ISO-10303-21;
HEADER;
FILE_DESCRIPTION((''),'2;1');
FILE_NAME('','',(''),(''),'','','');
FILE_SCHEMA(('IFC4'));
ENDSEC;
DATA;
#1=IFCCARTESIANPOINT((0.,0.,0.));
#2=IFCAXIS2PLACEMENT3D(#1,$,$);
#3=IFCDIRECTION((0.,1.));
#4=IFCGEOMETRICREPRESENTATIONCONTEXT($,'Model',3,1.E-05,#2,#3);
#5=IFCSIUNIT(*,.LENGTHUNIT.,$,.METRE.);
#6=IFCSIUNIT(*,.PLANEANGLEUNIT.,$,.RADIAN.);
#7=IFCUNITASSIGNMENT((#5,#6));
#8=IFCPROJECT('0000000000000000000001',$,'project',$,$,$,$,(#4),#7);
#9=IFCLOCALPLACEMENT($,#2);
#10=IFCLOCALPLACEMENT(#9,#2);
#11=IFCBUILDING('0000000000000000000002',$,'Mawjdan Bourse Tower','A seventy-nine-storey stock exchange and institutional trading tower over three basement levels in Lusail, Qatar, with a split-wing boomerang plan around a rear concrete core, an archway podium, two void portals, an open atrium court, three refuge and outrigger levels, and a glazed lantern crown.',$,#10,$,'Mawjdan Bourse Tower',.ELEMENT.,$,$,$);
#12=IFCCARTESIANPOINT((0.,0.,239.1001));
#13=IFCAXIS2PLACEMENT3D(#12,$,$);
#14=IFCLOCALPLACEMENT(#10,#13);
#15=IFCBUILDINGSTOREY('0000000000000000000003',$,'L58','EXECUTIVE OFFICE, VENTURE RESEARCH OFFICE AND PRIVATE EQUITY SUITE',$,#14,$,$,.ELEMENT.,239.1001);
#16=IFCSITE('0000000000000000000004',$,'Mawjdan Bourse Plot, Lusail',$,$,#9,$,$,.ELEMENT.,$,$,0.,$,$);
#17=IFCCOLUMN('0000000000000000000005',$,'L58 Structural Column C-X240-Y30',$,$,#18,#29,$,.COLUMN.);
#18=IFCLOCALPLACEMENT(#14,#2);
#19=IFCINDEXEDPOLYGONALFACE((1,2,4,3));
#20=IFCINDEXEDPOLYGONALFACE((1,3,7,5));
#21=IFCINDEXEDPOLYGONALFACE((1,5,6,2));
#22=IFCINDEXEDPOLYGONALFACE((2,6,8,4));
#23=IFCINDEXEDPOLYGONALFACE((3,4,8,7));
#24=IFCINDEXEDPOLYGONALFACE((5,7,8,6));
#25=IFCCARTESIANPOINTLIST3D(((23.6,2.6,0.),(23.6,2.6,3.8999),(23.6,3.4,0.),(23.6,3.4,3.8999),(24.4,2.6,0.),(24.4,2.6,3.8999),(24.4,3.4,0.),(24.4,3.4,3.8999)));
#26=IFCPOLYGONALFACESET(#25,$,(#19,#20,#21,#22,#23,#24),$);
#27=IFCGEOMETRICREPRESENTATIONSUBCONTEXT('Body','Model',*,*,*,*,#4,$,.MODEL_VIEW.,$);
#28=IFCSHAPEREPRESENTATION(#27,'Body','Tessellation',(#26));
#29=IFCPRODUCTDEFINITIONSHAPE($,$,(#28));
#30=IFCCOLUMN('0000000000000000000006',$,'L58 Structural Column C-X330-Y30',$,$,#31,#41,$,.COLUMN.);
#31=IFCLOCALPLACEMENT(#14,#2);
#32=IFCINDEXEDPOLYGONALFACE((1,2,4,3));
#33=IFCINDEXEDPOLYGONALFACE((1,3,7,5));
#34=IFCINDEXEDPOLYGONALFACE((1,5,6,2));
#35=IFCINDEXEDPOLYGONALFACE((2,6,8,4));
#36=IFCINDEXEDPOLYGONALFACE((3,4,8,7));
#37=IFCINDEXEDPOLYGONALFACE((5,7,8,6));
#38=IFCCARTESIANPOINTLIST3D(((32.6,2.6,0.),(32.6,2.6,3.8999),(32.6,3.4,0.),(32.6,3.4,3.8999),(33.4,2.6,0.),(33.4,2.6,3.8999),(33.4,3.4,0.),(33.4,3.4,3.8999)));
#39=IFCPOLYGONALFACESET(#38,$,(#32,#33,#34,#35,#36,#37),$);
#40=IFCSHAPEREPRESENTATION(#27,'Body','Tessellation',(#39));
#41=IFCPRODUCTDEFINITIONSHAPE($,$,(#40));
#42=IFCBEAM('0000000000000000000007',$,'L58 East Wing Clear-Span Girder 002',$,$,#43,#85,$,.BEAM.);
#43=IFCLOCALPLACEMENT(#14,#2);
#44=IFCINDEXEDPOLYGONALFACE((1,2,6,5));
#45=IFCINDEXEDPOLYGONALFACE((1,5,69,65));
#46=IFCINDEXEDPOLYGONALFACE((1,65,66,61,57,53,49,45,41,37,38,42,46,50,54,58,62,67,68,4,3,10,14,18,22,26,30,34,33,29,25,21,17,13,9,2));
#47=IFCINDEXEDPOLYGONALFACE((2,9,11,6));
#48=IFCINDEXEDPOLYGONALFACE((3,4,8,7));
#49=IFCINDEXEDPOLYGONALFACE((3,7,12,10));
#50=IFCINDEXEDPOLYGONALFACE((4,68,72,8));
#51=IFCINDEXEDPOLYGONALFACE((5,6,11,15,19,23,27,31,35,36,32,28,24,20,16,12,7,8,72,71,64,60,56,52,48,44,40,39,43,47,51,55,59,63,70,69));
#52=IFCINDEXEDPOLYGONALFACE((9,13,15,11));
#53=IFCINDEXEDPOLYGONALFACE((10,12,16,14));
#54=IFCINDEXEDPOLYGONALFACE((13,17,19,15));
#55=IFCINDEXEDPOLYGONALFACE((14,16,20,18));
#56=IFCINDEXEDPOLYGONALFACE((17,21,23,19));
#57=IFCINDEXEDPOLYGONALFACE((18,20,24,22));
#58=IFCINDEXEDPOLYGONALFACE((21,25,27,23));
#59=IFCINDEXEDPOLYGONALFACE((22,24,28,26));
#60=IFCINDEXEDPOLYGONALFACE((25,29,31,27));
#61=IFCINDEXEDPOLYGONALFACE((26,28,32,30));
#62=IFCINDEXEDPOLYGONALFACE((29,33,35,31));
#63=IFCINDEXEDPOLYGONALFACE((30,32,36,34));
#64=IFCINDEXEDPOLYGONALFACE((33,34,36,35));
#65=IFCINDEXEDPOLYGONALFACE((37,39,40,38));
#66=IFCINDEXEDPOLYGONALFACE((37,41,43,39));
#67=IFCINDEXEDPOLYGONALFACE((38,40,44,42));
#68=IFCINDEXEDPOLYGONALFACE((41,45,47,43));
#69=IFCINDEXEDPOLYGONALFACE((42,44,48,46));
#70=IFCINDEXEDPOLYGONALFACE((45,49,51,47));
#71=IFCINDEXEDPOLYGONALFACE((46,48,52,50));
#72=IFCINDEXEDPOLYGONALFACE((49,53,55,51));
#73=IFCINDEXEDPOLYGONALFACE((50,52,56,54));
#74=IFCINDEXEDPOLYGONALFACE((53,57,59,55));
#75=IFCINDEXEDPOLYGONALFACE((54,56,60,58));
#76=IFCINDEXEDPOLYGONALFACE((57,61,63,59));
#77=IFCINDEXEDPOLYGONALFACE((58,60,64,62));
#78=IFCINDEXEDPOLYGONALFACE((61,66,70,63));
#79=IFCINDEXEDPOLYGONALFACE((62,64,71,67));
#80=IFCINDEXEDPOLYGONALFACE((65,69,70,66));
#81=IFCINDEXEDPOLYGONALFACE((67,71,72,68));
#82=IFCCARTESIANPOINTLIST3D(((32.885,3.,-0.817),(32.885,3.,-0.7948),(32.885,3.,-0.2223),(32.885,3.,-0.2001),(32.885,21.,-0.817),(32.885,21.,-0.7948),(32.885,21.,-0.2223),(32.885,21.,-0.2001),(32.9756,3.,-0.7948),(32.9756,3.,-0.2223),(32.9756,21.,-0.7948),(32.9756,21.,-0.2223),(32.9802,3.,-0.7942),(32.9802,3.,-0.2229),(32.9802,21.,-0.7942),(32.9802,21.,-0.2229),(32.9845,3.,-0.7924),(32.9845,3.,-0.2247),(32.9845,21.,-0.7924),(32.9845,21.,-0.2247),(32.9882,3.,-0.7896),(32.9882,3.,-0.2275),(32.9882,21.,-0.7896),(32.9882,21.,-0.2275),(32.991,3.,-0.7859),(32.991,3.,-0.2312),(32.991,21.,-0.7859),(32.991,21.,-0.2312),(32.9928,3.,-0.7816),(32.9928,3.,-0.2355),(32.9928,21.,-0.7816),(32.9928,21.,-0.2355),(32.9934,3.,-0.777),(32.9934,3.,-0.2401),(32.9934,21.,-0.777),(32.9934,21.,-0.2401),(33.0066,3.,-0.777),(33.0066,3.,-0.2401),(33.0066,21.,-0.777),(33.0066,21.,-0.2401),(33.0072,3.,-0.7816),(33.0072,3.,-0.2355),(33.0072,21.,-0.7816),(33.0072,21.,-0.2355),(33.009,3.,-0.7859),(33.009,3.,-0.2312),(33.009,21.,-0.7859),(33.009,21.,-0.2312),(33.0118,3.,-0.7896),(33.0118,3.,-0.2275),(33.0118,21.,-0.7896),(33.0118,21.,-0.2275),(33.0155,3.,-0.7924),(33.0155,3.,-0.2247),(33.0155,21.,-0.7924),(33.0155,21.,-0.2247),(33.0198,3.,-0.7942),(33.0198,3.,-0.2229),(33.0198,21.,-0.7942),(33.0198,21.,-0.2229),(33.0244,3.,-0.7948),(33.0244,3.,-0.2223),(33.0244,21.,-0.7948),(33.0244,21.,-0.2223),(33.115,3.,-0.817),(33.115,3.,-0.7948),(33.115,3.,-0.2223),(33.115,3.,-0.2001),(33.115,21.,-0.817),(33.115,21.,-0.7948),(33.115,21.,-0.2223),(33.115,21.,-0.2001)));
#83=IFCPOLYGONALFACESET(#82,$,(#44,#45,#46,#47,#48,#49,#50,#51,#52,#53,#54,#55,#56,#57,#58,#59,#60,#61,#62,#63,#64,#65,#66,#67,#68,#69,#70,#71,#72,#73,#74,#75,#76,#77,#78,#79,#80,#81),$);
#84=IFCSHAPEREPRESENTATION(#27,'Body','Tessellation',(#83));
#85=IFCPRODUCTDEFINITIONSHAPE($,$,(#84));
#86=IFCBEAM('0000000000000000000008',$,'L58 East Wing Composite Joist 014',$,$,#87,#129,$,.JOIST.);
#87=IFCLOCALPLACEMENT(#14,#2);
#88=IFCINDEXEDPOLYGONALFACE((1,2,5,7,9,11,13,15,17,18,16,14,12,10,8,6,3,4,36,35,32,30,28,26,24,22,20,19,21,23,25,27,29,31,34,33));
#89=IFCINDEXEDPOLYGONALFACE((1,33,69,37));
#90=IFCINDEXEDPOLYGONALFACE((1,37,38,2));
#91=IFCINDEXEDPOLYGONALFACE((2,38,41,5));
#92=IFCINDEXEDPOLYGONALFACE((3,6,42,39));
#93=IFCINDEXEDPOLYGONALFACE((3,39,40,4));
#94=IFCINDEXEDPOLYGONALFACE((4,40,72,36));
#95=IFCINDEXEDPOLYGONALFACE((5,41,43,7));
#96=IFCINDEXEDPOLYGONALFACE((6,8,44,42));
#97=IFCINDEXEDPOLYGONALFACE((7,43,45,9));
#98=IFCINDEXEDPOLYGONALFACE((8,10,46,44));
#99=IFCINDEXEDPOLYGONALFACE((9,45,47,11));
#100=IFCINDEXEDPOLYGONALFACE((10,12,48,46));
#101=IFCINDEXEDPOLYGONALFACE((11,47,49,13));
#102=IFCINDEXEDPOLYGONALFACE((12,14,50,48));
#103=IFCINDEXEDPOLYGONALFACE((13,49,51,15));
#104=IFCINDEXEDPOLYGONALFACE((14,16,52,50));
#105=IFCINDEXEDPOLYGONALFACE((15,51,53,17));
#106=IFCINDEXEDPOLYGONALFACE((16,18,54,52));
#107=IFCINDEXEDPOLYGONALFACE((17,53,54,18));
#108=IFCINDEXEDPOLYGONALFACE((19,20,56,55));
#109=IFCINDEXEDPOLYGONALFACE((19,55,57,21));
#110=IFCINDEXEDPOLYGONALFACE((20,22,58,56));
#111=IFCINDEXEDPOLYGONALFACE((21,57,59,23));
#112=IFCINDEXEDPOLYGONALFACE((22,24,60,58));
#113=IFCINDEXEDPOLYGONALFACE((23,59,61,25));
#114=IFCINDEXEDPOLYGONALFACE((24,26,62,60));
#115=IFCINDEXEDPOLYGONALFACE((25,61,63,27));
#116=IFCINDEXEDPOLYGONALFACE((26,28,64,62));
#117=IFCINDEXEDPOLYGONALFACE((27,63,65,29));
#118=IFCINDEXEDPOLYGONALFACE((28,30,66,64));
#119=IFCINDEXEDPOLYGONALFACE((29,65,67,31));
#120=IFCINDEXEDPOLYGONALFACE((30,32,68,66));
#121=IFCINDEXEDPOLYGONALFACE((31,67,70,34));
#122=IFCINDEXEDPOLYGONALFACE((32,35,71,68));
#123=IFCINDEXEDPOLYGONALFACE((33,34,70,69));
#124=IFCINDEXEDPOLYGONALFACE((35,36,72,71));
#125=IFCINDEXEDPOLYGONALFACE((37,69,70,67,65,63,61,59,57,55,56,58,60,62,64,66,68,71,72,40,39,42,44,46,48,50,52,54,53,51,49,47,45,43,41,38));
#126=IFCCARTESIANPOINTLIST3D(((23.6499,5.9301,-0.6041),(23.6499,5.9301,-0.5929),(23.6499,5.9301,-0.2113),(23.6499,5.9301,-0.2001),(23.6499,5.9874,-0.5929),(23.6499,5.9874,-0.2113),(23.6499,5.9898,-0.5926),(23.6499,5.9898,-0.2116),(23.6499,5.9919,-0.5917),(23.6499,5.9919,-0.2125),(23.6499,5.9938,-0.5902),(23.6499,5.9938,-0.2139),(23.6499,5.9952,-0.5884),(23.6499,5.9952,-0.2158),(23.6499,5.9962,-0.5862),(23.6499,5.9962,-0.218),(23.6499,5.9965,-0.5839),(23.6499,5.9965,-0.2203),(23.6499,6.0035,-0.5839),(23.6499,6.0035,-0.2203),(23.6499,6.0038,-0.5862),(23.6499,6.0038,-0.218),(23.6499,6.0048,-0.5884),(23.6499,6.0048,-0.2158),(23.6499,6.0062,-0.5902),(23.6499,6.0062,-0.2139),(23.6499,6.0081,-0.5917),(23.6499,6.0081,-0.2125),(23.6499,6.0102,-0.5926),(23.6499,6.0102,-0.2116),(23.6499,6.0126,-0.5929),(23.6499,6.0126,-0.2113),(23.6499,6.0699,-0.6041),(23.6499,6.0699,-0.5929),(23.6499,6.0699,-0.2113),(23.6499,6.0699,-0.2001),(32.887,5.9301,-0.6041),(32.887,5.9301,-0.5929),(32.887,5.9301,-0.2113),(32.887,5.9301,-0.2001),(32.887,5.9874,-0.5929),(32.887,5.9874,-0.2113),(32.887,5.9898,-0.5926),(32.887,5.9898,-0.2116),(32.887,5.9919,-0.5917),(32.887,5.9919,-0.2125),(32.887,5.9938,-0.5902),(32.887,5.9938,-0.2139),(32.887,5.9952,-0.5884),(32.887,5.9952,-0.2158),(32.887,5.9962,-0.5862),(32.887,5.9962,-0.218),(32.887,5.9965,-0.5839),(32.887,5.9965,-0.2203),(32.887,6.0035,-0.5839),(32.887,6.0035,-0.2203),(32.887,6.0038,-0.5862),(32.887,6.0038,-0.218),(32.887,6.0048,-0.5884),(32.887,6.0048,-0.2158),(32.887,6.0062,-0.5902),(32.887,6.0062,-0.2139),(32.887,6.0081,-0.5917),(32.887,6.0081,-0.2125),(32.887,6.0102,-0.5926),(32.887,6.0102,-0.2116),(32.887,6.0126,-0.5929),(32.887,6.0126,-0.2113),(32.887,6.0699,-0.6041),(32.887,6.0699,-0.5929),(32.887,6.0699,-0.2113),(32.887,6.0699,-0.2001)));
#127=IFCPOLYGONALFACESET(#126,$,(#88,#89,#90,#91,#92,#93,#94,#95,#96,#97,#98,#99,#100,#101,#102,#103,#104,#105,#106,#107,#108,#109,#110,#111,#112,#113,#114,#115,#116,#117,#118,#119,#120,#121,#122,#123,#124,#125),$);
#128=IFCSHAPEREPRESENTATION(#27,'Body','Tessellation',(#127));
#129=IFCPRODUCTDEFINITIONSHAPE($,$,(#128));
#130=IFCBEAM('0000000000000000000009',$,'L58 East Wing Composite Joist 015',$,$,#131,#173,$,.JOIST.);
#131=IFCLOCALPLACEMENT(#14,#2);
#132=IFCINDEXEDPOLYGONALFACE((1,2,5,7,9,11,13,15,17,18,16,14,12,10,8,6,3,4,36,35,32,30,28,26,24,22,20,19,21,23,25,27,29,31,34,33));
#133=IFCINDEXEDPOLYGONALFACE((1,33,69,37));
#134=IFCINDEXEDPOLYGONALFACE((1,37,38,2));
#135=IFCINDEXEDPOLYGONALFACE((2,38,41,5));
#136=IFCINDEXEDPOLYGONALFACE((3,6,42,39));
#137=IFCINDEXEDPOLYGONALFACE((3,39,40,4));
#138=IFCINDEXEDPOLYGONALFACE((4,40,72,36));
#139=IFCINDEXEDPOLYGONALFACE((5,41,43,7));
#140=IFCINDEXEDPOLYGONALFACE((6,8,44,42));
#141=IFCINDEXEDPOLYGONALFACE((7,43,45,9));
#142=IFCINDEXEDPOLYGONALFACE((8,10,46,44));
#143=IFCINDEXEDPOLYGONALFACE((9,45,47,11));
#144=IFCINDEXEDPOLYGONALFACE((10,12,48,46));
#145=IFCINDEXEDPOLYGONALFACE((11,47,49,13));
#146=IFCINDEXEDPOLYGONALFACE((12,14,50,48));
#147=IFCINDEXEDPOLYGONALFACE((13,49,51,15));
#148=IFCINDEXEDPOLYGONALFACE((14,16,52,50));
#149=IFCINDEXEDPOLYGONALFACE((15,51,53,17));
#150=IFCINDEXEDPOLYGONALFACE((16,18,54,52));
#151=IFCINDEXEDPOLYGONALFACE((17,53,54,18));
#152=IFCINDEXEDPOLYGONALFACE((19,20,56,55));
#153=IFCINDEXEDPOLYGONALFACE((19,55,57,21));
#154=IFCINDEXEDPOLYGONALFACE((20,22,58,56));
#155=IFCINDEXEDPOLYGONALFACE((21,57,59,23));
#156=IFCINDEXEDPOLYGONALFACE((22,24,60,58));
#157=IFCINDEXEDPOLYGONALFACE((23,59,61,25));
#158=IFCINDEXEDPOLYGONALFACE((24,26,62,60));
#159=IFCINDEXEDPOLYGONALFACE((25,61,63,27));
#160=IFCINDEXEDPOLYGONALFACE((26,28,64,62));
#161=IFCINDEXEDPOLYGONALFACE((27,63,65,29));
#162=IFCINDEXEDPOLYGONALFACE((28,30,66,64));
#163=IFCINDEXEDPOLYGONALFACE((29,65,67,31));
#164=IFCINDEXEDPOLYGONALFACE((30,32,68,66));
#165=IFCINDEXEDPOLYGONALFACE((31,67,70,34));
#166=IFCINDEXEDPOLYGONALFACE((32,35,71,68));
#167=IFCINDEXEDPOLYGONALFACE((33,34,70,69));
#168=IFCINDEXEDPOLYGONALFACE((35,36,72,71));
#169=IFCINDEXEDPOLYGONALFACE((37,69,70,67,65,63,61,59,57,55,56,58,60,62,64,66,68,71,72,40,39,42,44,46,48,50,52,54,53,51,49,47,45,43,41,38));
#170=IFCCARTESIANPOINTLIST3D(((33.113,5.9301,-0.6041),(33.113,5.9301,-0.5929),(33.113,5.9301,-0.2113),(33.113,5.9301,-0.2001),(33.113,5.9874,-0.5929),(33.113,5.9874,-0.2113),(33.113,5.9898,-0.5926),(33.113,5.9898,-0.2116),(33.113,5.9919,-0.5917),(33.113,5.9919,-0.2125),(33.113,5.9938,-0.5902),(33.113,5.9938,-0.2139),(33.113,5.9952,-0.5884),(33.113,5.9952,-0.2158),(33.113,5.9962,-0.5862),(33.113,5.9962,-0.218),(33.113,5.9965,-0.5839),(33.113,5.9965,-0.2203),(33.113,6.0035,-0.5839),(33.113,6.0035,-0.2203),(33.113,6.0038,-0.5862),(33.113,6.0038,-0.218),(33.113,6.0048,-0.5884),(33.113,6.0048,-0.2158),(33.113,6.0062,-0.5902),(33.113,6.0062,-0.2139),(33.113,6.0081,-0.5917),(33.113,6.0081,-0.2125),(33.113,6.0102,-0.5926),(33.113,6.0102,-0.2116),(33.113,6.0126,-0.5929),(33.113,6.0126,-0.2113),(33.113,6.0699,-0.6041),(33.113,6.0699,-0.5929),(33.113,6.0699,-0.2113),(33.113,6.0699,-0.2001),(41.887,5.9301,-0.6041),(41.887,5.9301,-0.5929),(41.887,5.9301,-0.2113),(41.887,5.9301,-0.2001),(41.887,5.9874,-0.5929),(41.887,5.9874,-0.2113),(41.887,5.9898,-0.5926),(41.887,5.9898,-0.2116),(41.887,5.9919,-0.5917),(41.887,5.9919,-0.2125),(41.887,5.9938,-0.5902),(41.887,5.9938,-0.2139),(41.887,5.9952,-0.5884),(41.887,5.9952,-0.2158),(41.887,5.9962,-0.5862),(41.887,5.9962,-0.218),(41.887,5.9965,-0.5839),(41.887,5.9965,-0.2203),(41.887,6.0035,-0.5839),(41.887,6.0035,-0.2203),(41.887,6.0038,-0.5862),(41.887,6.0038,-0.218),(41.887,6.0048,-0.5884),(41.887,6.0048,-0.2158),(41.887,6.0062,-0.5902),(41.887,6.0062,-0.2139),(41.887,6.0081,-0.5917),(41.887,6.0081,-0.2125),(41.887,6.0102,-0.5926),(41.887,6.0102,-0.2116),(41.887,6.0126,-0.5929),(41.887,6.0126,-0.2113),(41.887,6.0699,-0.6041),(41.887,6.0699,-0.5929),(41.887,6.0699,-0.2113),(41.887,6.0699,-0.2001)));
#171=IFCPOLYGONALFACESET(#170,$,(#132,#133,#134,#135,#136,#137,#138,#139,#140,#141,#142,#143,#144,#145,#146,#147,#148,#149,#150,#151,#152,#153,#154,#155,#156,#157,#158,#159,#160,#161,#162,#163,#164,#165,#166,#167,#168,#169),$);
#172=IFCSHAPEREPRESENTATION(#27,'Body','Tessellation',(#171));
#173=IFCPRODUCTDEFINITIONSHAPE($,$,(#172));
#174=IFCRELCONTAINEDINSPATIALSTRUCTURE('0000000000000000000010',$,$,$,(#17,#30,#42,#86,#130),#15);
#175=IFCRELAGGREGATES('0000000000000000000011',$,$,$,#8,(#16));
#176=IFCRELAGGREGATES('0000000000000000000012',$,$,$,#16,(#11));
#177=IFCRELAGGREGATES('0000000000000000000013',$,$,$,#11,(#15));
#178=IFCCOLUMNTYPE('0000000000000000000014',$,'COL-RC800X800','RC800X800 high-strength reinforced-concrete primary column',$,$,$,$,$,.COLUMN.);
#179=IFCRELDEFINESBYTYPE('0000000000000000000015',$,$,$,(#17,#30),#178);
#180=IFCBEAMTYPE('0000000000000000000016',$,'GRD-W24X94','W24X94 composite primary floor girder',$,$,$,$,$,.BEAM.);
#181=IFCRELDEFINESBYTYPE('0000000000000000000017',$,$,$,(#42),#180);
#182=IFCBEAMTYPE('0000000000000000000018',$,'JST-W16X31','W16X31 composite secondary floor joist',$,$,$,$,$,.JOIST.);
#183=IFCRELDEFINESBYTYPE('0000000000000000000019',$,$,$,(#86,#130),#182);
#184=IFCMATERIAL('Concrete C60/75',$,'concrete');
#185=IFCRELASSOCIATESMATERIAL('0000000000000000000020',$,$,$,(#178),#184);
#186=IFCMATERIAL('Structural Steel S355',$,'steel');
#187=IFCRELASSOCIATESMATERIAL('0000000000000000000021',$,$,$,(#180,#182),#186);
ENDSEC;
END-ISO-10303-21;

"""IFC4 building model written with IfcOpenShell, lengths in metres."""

from ifc_helpers import new_model, si_unit, direction, frame, origin, origin_2d, place, context, subcontext, project, spatial, rectangle, i_section, extrude, material, material_profile, profile_set, type_object, element, save


model = new_model("IFC4")

# Units and contexts
model_context = context("Model", 3, precision=1e-05, world=origin(), true_north=direction((0.0, 1.0)))
body_context = subcontext(model_context, "Body", "Model", "MODEL_VIEW")
ifc_project = project(units=[si_unit("LENGTHUNIT", "METRE"), si_unit("PLANEANGLEUNIT", "RADIAN")], contexts=[model_context])

# Site, building, storey
site_placement = place(None, origin())
site = spatial("IfcSite", under=ifc_project, at=site_placement, Name="Mawjdan Bourse Plot, Lusail", CompositionType="ELEMENT", RefElevation=0.0)
building_placement = place(site_placement, origin())
building = spatial("IfcBuilding", under=site, at=building_placement, Name="Mawjdan Bourse Tower", Description="A seventy-nine-storey stock exchange and institutional trading tower over three basement levels in Lusail, Qatar, with a split-wing boomerang plan around a rear concrete core, an archway podium, two void portals, an open atrium court, three refuge and outrigger levels, and a glazed lantern crown.", LongName="Mawjdan Bourse Tower", CompositionType="ELEMENT")
storey_placement = place(building_placement, frame((0.0, 0.0, 239.1001)))
storey = spatial("IfcBuildingStorey", under=building, at=storey_placement, Name="L58", Description="EXECUTIVE OFFICE, VENTURE RESEARCH OFFICE AND PRIVATE EQUITY SUITE", CompositionType="ELEMENT", Elevation=239.1001)

# Columns
ifc_material_1 = material(Name="Concrete C60/75", Category="concrete")
ifc_material_profile_1 = material_profile(ifc_material_1, rectangle(XDim=0.8, YDim=0.8, at=origin_2d()), Name="RC800X800")
ifc_profile_set_1 = profile_set([ifc_material_profile_1], Name="Concrete C60/75")
column_type = type_object("IfcColumnType", Name="COL-RC800X800", Description="RC800X800 high-strength reinforced-concrete primary column", PredefinedType="COLUMN", material=ifc_profile_set_1)
for number, where, z_axis, x_axis, name in (
    (1, (24.0, 3.0, 0.0), (0.0, 0.0, 1.0), (1.0, 0.0, 0.0), "L58 Structural Column C-X240-Y30"),
    (2, (33.0, 3.0, 0.0), (0.0, 0.0, 1.0), (1.0, 0.0, 0.0), "L58 Structural Column C-X330-Y30"),
):
    element("IfcColumn", number, at=place(storey_placement, frame(where, z_axis=z_axis, x_axis=x_axis)), inside=storey, type_object=column_type, Name=name, PredefinedType="COLUMN", context=body_context, shape_type="SweptSolid", body=[
        extrude(rectangle(XDim=0.8, YDim=0.8, at=origin_2d()), origin(), (0.0, 0.0, 1.0), 3.8999),
    ])

# Beams
ifc_material_2 = material(Name="Structural Steel S355", Category="steel")
ifc_material_profile_2 = material_profile(ifc_material_2, i_section(OverallWidth=0.23, OverallDepth=0.6169, WebThickness=0.0132, FlangeThickness=0.0222, FilletRadius=0.0178, at=origin_2d()), Name="W24X94")
ifc_profile_set_2 = profile_set([ifc_material_profile_2], Name="Structural Steel S355")
beam_type_1 = type_object("IfcBeamType", Name="GRD-W24X94", Description="W24X94 composite primary floor girder", PredefinedType="BEAM", material=ifc_profile_set_2)
beam_1_placement = place(storey_placement, frame((33.0, 3.0, -0.5085), z_axis=(0.0, 1.0, 0.0), x_axis=(-1.0, 0.0, 0.0)))
element("IfcBeam", 3, at=beam_1_placement, inside=storey, type_object=beam_type_1, Name="L58 East Wing Clear-Span Girder 002", PredefinedType="BEAM", context=body_context, shape_type="SweptSolid", body=[
    extrude(i_section(OverallWidth=0.23, OverallDepth=0.6169, WebThickness=0.0132, FlangeThickness=0.0222, FilletRadius=0.0178, at=origin_2d()), origin(), (0.0, 0.0, 1.0), 18.0),
])
ifc_material_profile_3 = material_profile(ifc_material_2, i_section(OverallWidth=0.1399, OverallDepth=0.4041, WebThickness=0.0071, FlangeThickness=0.0112, FilletRadius=0.009, at=origin_2d()), Name="W16X31")
ifc_profile_set_3 = profile_set([ifc_material_profile_3], Name="Structural Steel S355")
beam_type_2 = type_object("IfcBeamType", Name="JST-W16X31", Description="W16X31 composite secondary floor joist", PredefinedType="JOIST", material=ifc_profile_set_3)
beam_2_placement = place(storey_placement, frame((23.6499, 6.0, -0.4021), z_axis=(1.0, 0.0, 0.0), x_axis=(0.0, 1.0, 0.0)))
element("IfcBeam", 4, at=beam_2_placement, inside=storey, type_object=beam_type_2, Name="L58 East Wing Composite Joist 014", PredefinedType="JOIST", context=body_context, shape_type="SweptSolid", body=[
    extrude(i_section(OverallWidth=0.1399, OverallDepth=0.4041, WebThickness=0.0071, FlangeThickness=0.0112, FilletRadius=0.009, at=origin_2d()), origin(), (0.0, 0.0, 1.0), 9.2371),
])
beam_3_placement = place(storey_placement, frame((33.113, 6.0, -0.4021), z_axis=(1.0, 0.0, 0.0), x_axis=(0.0, 1.0, 0.0)))
element("IfcBeam", 5, at=beam_3_placement, inside=storey, type_object=beam_type_2, Name="L58 East Wing Composite Joist 015", PredefinedType="JOIST", context=body_context, shape_type="SweptSolid", body=[
    extrude(i_section(OverallWidth=0.1399, OverallDepth=0.4041, WebThickness=0.0071, FlangeThickness=0.0112, FilletRadius=0.009, at=origin_2d()), origin(), (0.0, 0.0, 1.0), 8.7739),
])

save(model, "model.ifc")
